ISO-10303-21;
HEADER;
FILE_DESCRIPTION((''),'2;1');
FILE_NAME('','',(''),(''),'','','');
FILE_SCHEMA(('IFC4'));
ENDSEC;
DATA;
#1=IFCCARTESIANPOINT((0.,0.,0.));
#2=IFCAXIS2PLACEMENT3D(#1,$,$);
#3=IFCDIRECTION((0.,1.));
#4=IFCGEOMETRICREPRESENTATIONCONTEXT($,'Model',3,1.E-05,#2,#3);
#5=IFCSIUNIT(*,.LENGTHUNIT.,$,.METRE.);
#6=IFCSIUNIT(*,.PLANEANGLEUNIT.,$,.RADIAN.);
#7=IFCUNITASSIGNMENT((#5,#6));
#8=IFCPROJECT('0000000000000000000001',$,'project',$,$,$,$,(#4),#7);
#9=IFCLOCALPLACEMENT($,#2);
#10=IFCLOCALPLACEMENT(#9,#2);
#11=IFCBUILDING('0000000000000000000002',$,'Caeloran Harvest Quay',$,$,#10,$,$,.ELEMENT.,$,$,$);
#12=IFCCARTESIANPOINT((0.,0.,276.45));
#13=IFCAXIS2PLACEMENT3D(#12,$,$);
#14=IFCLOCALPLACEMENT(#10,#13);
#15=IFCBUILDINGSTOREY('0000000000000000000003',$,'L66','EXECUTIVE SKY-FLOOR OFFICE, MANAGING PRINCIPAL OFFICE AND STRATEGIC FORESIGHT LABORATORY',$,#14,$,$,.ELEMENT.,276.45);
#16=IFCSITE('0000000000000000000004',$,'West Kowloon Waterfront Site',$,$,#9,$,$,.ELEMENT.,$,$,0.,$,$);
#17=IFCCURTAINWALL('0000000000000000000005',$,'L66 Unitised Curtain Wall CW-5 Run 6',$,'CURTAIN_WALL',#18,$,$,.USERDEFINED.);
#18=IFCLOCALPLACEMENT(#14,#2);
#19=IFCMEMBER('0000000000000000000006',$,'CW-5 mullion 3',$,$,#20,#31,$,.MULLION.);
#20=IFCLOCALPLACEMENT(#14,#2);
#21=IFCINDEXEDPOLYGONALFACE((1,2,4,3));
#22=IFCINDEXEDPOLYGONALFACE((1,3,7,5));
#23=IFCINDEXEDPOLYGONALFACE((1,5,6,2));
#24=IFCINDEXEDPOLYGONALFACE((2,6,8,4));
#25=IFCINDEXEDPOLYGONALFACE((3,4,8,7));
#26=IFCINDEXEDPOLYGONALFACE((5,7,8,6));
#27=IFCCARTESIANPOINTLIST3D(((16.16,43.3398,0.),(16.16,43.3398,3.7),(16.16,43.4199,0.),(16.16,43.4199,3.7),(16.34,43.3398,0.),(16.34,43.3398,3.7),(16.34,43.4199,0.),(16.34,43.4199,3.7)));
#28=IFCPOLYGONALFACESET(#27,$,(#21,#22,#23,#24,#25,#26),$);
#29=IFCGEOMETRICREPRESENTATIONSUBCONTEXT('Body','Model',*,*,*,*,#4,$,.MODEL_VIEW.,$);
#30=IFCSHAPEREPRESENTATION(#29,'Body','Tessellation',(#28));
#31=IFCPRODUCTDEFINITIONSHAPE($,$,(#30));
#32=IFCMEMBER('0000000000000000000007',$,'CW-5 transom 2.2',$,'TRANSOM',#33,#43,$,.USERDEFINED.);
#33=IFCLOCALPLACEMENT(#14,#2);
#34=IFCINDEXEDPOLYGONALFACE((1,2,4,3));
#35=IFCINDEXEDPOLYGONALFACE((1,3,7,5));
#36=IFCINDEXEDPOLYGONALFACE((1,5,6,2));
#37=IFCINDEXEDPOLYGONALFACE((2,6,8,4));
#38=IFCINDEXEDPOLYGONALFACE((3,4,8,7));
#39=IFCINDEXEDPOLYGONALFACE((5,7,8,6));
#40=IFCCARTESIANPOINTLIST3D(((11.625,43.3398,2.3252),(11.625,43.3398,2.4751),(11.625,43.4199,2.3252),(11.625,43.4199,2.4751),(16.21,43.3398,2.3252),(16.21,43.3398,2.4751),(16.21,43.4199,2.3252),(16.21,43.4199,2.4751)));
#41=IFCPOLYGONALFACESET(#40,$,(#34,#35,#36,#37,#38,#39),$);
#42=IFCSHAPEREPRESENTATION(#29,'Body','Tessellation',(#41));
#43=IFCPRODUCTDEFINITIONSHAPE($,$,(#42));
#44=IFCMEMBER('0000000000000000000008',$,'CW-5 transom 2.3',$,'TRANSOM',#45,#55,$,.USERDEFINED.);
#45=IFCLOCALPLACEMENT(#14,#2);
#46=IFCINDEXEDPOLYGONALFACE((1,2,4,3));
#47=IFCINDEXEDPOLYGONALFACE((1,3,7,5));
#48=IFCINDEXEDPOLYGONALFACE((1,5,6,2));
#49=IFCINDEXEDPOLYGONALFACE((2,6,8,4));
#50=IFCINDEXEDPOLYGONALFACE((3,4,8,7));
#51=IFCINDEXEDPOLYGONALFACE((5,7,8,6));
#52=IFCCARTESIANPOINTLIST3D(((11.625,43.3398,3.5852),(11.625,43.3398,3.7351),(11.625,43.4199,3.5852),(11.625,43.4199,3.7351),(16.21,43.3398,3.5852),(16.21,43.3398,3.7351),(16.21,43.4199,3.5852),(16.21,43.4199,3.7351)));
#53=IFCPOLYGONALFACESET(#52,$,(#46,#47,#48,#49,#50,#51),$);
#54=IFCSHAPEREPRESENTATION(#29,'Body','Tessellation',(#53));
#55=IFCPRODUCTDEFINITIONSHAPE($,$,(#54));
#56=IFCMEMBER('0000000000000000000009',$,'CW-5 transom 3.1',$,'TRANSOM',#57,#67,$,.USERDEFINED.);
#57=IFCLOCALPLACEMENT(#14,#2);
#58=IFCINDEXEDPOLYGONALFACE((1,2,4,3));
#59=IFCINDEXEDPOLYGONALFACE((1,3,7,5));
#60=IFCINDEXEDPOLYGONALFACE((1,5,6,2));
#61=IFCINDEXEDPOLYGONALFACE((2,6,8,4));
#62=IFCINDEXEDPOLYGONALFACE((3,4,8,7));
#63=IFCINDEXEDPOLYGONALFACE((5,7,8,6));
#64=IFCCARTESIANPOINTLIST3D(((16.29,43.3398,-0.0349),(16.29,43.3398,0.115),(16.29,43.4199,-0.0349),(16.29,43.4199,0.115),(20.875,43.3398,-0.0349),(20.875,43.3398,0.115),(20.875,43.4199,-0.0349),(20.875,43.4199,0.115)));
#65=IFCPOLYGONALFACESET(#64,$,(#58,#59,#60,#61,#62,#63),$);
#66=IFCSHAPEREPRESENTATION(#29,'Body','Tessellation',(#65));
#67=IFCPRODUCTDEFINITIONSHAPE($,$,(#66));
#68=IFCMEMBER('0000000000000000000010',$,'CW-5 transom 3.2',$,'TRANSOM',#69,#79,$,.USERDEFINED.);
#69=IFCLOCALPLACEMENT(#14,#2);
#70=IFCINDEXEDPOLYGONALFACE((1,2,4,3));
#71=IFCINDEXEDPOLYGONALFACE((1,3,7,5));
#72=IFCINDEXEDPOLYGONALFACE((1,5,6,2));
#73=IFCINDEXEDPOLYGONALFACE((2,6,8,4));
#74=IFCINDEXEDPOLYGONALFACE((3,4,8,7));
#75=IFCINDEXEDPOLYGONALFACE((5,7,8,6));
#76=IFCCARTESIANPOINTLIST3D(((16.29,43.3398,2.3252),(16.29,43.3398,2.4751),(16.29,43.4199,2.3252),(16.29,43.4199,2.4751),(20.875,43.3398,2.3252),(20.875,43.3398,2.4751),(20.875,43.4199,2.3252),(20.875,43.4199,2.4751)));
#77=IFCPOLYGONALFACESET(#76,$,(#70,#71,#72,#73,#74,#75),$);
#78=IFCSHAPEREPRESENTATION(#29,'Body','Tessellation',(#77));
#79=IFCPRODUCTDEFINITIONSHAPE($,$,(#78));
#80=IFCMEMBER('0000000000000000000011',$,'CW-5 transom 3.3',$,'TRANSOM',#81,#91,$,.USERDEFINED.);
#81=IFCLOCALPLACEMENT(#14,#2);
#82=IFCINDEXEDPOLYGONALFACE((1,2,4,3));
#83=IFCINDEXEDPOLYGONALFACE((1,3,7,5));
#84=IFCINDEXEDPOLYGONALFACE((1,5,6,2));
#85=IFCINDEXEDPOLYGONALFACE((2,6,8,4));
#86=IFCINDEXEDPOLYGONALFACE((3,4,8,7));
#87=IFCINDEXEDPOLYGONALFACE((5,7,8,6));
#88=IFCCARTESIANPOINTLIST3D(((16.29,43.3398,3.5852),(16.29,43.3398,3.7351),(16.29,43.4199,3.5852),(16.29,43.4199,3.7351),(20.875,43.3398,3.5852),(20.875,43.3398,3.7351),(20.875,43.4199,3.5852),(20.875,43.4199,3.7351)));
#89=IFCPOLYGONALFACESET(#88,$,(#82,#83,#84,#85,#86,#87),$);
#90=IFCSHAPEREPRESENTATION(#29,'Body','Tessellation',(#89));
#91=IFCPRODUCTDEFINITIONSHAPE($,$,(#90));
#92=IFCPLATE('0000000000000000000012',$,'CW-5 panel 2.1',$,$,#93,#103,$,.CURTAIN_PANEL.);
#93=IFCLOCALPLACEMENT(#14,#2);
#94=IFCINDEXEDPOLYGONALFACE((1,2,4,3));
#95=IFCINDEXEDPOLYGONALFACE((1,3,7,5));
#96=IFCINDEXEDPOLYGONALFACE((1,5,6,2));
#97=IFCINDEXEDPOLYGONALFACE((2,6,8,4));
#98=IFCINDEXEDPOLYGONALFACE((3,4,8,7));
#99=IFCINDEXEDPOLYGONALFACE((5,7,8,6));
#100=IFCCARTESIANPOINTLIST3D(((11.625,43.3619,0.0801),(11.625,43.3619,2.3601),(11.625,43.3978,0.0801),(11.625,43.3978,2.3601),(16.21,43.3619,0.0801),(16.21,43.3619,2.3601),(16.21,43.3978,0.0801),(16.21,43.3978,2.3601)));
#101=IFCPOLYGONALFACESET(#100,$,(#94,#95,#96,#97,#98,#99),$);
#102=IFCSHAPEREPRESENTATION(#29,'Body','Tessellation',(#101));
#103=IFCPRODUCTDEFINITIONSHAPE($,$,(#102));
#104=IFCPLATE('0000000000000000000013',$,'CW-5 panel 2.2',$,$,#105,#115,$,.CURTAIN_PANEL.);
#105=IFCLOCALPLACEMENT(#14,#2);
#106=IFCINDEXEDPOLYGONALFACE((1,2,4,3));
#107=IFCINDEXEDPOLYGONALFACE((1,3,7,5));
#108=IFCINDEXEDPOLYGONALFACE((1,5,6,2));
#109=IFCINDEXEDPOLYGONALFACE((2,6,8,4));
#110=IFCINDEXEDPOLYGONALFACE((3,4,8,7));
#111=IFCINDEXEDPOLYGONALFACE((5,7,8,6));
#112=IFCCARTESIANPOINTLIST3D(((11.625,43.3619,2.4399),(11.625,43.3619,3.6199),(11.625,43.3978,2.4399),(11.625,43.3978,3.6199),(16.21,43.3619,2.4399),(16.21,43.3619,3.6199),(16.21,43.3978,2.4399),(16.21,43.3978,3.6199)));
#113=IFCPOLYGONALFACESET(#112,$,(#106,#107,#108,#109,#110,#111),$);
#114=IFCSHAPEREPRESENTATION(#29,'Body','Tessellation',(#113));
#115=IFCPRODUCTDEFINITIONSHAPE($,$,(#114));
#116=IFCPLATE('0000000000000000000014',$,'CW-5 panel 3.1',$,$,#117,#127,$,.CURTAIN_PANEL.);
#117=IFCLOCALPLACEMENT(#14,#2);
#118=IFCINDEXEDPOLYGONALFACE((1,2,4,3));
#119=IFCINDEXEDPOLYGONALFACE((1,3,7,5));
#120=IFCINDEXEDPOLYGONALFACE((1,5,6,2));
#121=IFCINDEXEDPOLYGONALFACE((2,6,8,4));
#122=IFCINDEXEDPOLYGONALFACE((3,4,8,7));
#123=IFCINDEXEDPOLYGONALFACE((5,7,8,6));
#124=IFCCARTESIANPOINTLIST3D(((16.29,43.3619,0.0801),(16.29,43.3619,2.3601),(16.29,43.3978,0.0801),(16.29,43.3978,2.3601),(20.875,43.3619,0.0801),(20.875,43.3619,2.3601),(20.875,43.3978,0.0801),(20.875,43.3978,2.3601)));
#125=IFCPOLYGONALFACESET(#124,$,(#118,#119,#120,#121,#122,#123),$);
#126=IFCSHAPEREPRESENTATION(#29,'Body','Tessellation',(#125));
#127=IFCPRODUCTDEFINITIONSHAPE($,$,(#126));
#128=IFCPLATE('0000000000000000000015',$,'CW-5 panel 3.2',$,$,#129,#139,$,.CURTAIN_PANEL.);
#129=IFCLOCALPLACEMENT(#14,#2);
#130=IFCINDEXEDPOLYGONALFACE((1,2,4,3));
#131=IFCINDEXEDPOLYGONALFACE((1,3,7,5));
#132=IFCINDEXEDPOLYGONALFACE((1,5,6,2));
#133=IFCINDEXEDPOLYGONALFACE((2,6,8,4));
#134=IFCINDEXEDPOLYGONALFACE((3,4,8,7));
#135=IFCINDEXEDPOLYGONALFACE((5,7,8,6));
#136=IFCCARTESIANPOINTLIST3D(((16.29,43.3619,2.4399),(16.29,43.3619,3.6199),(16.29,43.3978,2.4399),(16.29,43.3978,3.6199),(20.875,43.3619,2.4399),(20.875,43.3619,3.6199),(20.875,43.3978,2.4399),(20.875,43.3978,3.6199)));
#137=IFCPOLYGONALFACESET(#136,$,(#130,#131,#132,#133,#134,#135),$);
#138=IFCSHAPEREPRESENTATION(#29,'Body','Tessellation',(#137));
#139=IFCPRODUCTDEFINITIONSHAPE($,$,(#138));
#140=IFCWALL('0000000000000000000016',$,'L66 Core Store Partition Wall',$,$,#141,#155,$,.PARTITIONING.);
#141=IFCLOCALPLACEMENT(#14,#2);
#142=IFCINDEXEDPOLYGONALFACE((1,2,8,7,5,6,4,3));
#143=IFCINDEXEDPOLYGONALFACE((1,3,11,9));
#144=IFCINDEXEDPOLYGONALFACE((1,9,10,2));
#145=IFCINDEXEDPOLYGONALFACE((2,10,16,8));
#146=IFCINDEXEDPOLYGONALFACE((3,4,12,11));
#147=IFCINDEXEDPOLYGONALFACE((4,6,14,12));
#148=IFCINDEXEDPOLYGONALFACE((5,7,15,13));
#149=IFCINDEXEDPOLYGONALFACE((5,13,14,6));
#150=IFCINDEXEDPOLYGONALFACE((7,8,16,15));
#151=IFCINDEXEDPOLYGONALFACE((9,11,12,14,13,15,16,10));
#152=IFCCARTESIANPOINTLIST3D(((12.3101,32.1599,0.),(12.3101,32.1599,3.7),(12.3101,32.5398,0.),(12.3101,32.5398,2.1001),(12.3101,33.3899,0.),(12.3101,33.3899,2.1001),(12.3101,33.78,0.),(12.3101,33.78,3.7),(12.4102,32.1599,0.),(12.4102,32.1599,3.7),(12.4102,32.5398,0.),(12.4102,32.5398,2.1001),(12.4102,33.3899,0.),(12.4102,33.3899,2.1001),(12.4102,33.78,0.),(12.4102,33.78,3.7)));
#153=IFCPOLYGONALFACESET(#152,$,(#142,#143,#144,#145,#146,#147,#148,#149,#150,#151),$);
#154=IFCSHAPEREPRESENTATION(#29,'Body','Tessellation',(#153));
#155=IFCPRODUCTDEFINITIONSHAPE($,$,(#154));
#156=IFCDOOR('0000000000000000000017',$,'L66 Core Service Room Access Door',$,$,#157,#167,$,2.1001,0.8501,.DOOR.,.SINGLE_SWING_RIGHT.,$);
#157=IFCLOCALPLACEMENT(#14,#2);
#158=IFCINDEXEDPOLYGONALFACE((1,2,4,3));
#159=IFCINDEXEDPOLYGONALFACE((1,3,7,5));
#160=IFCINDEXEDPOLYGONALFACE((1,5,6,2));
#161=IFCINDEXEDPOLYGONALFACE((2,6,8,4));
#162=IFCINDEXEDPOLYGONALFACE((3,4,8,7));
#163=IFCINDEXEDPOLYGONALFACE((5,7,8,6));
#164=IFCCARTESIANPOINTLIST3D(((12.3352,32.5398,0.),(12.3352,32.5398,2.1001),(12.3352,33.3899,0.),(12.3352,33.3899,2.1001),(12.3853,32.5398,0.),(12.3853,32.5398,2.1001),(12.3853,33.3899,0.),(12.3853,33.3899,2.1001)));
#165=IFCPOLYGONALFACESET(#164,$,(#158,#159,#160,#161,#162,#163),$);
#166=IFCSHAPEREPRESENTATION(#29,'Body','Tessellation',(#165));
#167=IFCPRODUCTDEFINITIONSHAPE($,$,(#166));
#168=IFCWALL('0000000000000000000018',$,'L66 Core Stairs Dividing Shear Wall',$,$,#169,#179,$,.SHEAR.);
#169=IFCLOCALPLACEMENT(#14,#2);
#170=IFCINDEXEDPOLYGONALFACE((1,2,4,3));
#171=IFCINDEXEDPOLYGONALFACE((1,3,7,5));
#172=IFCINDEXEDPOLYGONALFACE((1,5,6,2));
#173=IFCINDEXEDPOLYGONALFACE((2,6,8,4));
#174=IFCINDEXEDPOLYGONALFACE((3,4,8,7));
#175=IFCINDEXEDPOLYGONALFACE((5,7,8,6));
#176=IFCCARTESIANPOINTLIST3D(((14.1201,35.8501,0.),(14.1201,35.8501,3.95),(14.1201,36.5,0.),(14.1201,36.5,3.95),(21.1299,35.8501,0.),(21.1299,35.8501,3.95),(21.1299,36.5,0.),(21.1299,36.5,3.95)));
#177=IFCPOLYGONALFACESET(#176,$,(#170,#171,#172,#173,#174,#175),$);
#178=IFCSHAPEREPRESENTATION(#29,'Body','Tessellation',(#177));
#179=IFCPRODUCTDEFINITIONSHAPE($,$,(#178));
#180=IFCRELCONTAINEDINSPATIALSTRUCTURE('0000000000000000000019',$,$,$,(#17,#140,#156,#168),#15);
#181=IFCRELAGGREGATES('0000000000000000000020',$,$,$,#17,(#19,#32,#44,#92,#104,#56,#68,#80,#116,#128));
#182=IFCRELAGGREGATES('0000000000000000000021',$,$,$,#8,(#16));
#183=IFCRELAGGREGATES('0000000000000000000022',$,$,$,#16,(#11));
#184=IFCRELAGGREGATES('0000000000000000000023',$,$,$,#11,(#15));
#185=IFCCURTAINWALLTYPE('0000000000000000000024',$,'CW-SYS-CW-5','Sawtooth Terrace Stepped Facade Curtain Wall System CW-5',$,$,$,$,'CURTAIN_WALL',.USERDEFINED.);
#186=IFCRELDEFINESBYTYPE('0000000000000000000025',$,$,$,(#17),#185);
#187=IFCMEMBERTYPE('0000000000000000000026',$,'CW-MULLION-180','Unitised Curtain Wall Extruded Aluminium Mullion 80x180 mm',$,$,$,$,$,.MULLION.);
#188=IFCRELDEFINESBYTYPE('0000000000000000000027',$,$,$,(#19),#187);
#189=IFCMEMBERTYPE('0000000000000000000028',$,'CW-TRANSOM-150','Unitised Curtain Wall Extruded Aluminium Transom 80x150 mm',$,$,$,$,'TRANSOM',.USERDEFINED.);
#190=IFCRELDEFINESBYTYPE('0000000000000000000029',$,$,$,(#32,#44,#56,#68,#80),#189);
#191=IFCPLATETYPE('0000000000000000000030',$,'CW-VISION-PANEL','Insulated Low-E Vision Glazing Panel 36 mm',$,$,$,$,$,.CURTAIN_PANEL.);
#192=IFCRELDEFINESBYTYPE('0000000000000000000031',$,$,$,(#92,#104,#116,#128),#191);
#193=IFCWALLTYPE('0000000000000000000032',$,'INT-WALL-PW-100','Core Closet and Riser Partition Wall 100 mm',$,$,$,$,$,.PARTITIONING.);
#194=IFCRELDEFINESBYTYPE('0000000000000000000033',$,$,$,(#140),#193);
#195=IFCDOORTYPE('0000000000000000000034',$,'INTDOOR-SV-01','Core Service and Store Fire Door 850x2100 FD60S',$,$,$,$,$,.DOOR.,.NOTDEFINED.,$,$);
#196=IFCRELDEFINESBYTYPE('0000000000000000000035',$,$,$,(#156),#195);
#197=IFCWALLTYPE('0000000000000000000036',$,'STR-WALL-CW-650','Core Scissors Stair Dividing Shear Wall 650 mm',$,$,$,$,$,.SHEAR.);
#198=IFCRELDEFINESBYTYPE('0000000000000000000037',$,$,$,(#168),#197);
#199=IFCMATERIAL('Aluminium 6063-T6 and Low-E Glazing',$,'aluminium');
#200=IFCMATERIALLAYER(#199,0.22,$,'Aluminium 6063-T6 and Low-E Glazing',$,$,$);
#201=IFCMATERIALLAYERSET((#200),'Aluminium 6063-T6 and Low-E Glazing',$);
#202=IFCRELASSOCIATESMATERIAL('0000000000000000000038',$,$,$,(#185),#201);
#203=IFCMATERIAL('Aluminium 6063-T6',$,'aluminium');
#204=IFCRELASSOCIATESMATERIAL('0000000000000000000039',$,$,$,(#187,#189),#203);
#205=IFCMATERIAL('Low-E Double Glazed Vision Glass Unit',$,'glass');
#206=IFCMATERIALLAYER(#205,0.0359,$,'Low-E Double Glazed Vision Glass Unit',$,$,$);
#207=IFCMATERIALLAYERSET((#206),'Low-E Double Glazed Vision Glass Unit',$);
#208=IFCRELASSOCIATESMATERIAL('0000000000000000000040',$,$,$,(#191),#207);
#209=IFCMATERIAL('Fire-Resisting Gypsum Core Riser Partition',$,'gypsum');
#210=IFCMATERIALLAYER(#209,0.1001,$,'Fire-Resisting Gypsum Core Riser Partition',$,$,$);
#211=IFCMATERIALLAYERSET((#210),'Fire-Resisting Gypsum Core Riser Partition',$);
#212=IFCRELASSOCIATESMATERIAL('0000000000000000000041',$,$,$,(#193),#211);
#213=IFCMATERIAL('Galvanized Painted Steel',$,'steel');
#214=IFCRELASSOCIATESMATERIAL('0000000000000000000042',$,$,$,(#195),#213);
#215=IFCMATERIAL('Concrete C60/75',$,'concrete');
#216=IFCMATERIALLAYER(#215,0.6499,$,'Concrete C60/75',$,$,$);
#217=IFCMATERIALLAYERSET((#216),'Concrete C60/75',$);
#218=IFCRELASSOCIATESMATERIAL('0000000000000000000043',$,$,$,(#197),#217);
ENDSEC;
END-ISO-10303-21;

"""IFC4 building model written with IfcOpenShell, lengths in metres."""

from ifc_helpers import new_model, si_unit, direction, frame, frame_2d, origin, origin_2d, place, context, subcontext, project, spatial, rectangle, extrude, material, layer, layer_set, material_profile, profile_set, type_object, element, fill, aggregate, save


model = new_model("IFC4")

# Units and contexts
model_context = context("Model", 3, precision=1e-05, world=origin(), true_north=direction((0.0, 1.0)))
body_context = subcontext(model_context, "Body", "Model", "MODEL_VIEW")
ifc_project = project(units=[si_unit("LENGTHUNIT", "METRE"), si_unit("PLANEANGLEUNIT", "RADIAN")], contexts=[model_context])

# Site, building, storey
site_placement = place(None, origin())
site = spatial("IfcSite", under=ifc_project, at=site_placement, Name="West Kowloon Waterfront Site", CompositionType="ELEMENT", RefElevation=0.0)
building_placement = place(site_placement, origin())
building = spatial("IfcBuilding", under=site, at=building_placement, Name="Caeloran Harvest Quay", CompositionType="ELEMENT")
storey_placement = place(building_placement, frame((0.0, 0.0, 276.45)))
storey = spatial("IfcBuildingStorey", under=building, at=storey_placement, Name="L66", Description="EXECUTIVE SKY-FLOOR OFFICE, MANAGING PRINCIPAL OFFICE AND STRATEGIC FORESIGHT LABORATORY", CompositionType="ELEMENT", Elevation=276.45)

# Curtain wall, members, plates
ifc_material_1 = material(Name="Aluminium 6063-T6 and Low-E Glazing", Category="aluminium")
ifc_layer_1 = layer(ifc_material_1, 0.22, Name="Aluminium 6063-T6 and Low-E Glazing")
ifc_layer_set_1 = layer_set([ifc_layer_1], Name="Aluminium 6063-T6 and Low-E Glazing")
curtain_wall_type = type_object("IfcCurtainWallType", Name="CW-SYS-CW-5", Description="Sawtooth Terrace Stepped Facade Curtain Wall System CW-5", ElementType="CURTAIN_WALL", PredefinedType="USERDEFINED", material=ifc_layer_set_1)
curtain_wall_placement = place(storey_placement, origin())
curtain_wall = element("IfcCurtainWall", 1, at=curtain_wall_placement, inside=storey, type_object=curtain_wall_type, Name="L66 Unitised Curtain Wall CW-5 Run 6", ObjectType="CURTAIN_WALL", PredefinedType="USERDEFINED")
ifc_material_2 = material(Name="Aluminium 6063-T6", Category="aluminium")
ifc_material_profile_1 = material_profile(ifc_material_2, rectangle(XDim=0.0801, YDim=0.1799, at=origin_2d()), Name="CW-MULLION-180")
ifc_profile_set_1 = profile_set([ifc_material_profile_1], Name="Aluminium 6063-T6")
member_type_1 = type_object("IfcMemberType", Name="CW-MULLION-180", Description="Unitised Curtain Wall Extruded Aluminium Mullion 80x180 mm", PredefinedType="MULLION", material=ifc_profile_set_1)
member_1_placement = place(storey_placement, frame((16.25, 43.3799, 0.0), z_axis=(0.0, 0.0, 1.0), x_axis=(0.0, 1.0, 0.0)))
member_1 = element("IfcMember", 2, at=member_1_placement, type_object=member_type_1, Name="CW-5 mullion 3", PredefinedType="MULLION", context=body_context, shape_type="SweptSolid", body=[
    extrude(rectangle(XDim=0.0801, YDim=0.1799, at=origin_2d()), origin(), (0.0, 0.0, 1.0), 3.7),
])
ifc_material_profile_2 = material_profile(ifc_material_2, rectangle(XDim=0.0801, YDim=0.1499, at=origin_2d()), Name="CW-TRANSOM-150")
ifc_profile_set_2 = profile_set([ifc_material_profile_2], Name="Aluminium 6063-T6")
member_type_2 = type_object("IfcMemberType", Name="CW-TRANSOM-150", Description="Unitised Curtain Wall Extruded Aluminium Transom 80x150 mm", ElementType="TRANSOM", PredefinedType="USERDEFINED", material=ifc_profile_set_2)
member_2_placement = place(storey_placement, frame((11.625, 43.3799, 2.4001), z_axis=(1.0, 0.0, 0.0), x_axis=(0.0, 1.0, 0.0)))
member_2 = element("IfcMember", 3, at=member_2_placement, type_object=member_type_2, Name="CW-5 transom 2.2", ObjectType="TRANSOM", PredefinedType="USERDEFINED", context=body_context, shape_type="SweptSolid", body=[
    extrude(rectangle(XDim=0.0801, YDim=0.1499, at=origin_2d()), origin(), (0.0, 0.0, 1.0), 4.585),
])
member_3_placement = place(storey_placement, frame((11.625, 43.3799, 3.6602), z_axis=(1.0, 0.0, 0.0), x_axis=(0.0, 1.0, 0.0)))
member_3 = element("IfcMember", 4, at=member_3_placement, type_object=member_type_2, Name="CW-5 transom 2.3", ObjectType="TRANSOM", PredefinedType="USERDEFINED", context=body_context, shape_type="SweptSolid", body=[
    extrude(rectangle(XDim=0.0801, YDim=0.1499, at=origin_2d()), origin(), (0.0, 0.0, 1.0), 4.585),
])
member_4_placement = place(storey_placement, frame((16.29, 43.3799, 0.04), z_axis=(1.0, 0.0, 0.0), x_axis=(0.0, 1.0, 0.0)))
member_4 = element("IfcMember", 5, at=member_4_placement, type_object=member_type_2, Name="CW-5 transom 3.1", ObjectType="TRANSOM", PredefinedType="USERDEFINED", context=body_context, shape_type="SweptSolid", body=[
    extrude(rectangle(XDim=0.0801, YDim=0.1499, at=origin_2d()), origin(), (0.0, 0.0, 1.0), 4.585),
])
member_5_placement = place(storey_placement, frame((16.29, 43.3799, 2.4001), z_axis=(1.0, 0.0, 0.0), x_axis=(0.0, 1.0, 0.0)))
member_5 = element("IfcMember", 6, at=member_5_placement, type_object=member_type_2, Name="CW-5 transom 3.2", ObjectType="TRANSOM", PredefinedType="USERDEFINED", context=body_context, shape_type="SweptSolid", body=[
    extrude(rectangle(XDim=0.0801, YDim=0.1499, at=origin_2d()), origin(), (0.0, 0.0, 1.0), 4.585),
])
member_6_placement = place(storey_placement, frame((16.29, 43.3799, 3.6602), z_axis=(1.0, 0.0, 0.0), x_axis=(0.0, 1.0, 0.0)))
member_6 = element("IfcMember", 7, at=member_6_placement, type_object=member_type_2, Name="CW-5 transom 3.3", ObjectType="TRANSOM", PredefinedType="USERDEFINED", context=body_context, shape_type="SweptSolid", body=[
    extrude(rectangle(XDim=0.0801, YDim=0.1499, at=origin_2d()), origin(), (0.0, 0.0, 1.0), 4.585),
])
ifc_material_3 = material(Name="Low-E Double Glazed Vision Glass Unit", Category="glass")
ifc_layer_2 = layer(ifc_material_3, 0.0359, Name="Low-E Double Glazed Vision Glass Unit")
ifc_layer_set_2 = layer_set([ifc_layer_2], Name="Low-E Double Glazed Vision Glass Unit")
plate_type = type_object("IfcPlateType", Name="CW-VISION-PANEL", Description="Insulated Low-E Vision Glazing Panel 36 mm", PredefinedType="CURTAIN_PANEL", material=ifc_layer_set_2)
plate_1_placement = place(storey_placement, frame((13.9175, 43.3799, 0.0801), z_axis=(0.0, 0.0, 1.0), x_axis=(1.0, 0.0, 0.0)))
plate_1 = element("IfcPlate", 8, at=plate_1_placement, type_object=plate_type, Name="CW-5 panel 2.1", PredefinedType="CURTAIN_PANEL", context=body_context, shape_type="SweptSolid", body=[
    extrude(rectangle(XDim=4.585, YDim=0.0359, at=origin_2d()), origin(), (0.0, 0.0, 1.0), 2.28),
])
plate_2_placement = place(storey_placement, frame((13.9175, 43.3799, 2.4399), z_axis=(0.0, 0.0, 1.0), x_axis=(1.0, 0.0, 0.0)))
plate_2 = element("IfcPlate", 9, at=plate_2_placement, type_object=plate_type, Name="CW-5 panel 2.2", PredefinedType="CURTAIN_PANEL", context=body_context, shape_type="SweptSolid", body=[
    extrude(rectangle(XDim=4.585, YDim=0.0359, at=origin_2d()), origin(), (0.0, 0.0, 1.0), 1.1799),
])
plate_3_placement = place(storey_placement, frame((18.5825, 43.3799, 0.0801), z_axis=(0.0, 0.0, 1.0), x_axis=(1.0, 0.0, 0.0)))
plate_3 = element("IfcPlate", 10, at=plate_3_placement, type_object=plate_type, Name="CW-5 panel 3.1", PredefinedType="CURTAIN_PANEL", context=body_context, shape_type="SweptSolid", body=[
    extrude(rectangle(XDim=4.585, YDim=0.0359, at=origin_2d()), origin(), (0.0, 0.0, 1.0), 2.28),
])
plate_4_placement = place(storey_placement, frame((18.5825, 43.3799, 2.4399), z_axis=(0.0, 0.0, 1.0), x_axis=(1.0, 0.0, 0.0)))
plate_4 = element("IfcPlate", 11, at=plate_4_placement, type_object=plate_type, Name="CW-5 panel 3.2", PredefinedType="CURTAIN_PANEL", context=body_context, shape_type="SweptSolid", body=[
    extrude(rectangle(XDim=4.585, YDim=0.0359, at=origin_2d()), origin(), (0.0, 0.0, 1.0), 1.1799),
])
aggregate(curtain_wall, [member_1, member_2, member_3, plate_1, plate_2, member_4, member_5, member_6, plate_3, plate_4])

# Wall, opening, door
ifc_material_4 = material(Name="Fire-Resisting Gypsum Core Riser Partition", Category="gypsum")
ifc_layer_3 = layer(ifc_material_4, 0.1001, Name="Fire-Resisting Gypsum Core Riser Partition")
ifc_layer_set_3 = layer_set([ifc_layer_3], Name="Fire-Resisting Gypsum Core Riser Partition")
wall_type_1 = type_object("IfcWallType", Name="INT-WALL-PW-100", Description="Core Closet and Riser Partition Wall 100 mm", PredefinedType="PARTITIONING", material=ifc_layer_set_3)
wall_1_placement = place(storey_placement, frame((12.3601, 32.1599, 0.0), z_axis=(0.0, 0.0, 1.0), x_axis=(0.0, 1.0, 0.0)))
wall_1 = element("IfcWall", 12, at=wall_1_placement, inside=storey, type_object=wall_type_1, Name="L66 Core Store Partition Wall", PredefinedType="PARTITIONING", context=body_context, shape_type="SweptSolid", body=[
    extrude(rectangle(XDim=1.6201, YDim=0.1001, at=frame_2d((0.8101, 0.0))), origin(), (0.0, 0.0, 1.0), 3.7),
])
opening_1_placement = place(wall_1_placement, frame((0.3799, 0.0, 0.0)))
opening_1 = element("IfcOpeningElement", 13, at=opening_1_placement, cuts=wall_1, PredefinedType="OPENING", context=body_context, shape_type="SweptSolid", body=[
    extrude(rectangle(XDim=0.8501, YDim=2.1001, at=frame_2d((0.425, 1.05))), frame((0.0, 0.0601, 0.0), z_axis=(0.0, -1.0, 0.0), x_axis=(1.0, 0.0, 0.0)), (0.0, 0.0, 1.0), 0.1201),
])
ifc_material_5 = material(Name="Galvanized Painted Steel", Category="steel")
door_type_1 = type_object("IfcDoorType", Name="INTDOOR-SV-01", Description="Core Service and Store Fire Door 850x2100 FD60S", OperationType="NOTDEFINED", PredefinedType="DOOR", material=ifc_material_5)
door_1_placement = place(opening_1_placement, origin())
door_1 = element("IfcDoor", 14, at=door_1_placement, inside=storey, type_object=door_type_1, Name="L66 Core Service Room Access Door", OperationType="SINGLE_SWING_RIGHT", OverallHeight=2.1001, OverallWidth=0.8501, PredefinedType="DOOR", context=body_context, shape_type="SweptSolid", body=[
    extrude(rectangle(XDim=0.8501, YDim=2.1001, at=frame_2d((0.425, 1.05))), frame((0.0, 0.0249, 0.0), z_axis=(0.0, -1.0, 0.0), x_axis=(1.0, 0.0, 0.0)), (0.0, 0.0, 1.0), 0.05),
])
fill(opening_1, door_1)

# Wall
ifc_material_6 = material(Name="Concrete C60/75", Category="concrete")
ifc_layer_4 = layer(ifc_material_6, 0.6499, Name="Concrete C60/75")
ifc_layer_set_4 = layer_set([ifc_layer_4], Name="Concrete C60/75")
wall_type_2 = type_object("IfcWallType", Name="STR-WALL-CW-650", Description="Core Scissors Stair Dividing Shear Wall 650 mm", PredefinedType="SHEAR", material=ifc_layer_set_4)
wall_2_placement = place(storey_placement, frame((14.1201, 36.175, 0.0), z_axis=(0.0, 0.0, 1.0), x_axis=(1.0, 0.0, 0.0)))
element("IfcWall", 15, at=wall_2_placement, inside=storey, type_object=wall_type_2, Name="L66 Core Stairs Dividing Shear Wall", PredefinedType="SHEAR", context=body_context, shape_type="SweptSolid", body=[
    extrude(rectangle(XDim=7.0098, YDim=0.6499, at=frame_2d((3.5049, 0.0))), origin(), (0.0, 0.0, 1.0), 3.95),
])

save(model, "model.ifc")
